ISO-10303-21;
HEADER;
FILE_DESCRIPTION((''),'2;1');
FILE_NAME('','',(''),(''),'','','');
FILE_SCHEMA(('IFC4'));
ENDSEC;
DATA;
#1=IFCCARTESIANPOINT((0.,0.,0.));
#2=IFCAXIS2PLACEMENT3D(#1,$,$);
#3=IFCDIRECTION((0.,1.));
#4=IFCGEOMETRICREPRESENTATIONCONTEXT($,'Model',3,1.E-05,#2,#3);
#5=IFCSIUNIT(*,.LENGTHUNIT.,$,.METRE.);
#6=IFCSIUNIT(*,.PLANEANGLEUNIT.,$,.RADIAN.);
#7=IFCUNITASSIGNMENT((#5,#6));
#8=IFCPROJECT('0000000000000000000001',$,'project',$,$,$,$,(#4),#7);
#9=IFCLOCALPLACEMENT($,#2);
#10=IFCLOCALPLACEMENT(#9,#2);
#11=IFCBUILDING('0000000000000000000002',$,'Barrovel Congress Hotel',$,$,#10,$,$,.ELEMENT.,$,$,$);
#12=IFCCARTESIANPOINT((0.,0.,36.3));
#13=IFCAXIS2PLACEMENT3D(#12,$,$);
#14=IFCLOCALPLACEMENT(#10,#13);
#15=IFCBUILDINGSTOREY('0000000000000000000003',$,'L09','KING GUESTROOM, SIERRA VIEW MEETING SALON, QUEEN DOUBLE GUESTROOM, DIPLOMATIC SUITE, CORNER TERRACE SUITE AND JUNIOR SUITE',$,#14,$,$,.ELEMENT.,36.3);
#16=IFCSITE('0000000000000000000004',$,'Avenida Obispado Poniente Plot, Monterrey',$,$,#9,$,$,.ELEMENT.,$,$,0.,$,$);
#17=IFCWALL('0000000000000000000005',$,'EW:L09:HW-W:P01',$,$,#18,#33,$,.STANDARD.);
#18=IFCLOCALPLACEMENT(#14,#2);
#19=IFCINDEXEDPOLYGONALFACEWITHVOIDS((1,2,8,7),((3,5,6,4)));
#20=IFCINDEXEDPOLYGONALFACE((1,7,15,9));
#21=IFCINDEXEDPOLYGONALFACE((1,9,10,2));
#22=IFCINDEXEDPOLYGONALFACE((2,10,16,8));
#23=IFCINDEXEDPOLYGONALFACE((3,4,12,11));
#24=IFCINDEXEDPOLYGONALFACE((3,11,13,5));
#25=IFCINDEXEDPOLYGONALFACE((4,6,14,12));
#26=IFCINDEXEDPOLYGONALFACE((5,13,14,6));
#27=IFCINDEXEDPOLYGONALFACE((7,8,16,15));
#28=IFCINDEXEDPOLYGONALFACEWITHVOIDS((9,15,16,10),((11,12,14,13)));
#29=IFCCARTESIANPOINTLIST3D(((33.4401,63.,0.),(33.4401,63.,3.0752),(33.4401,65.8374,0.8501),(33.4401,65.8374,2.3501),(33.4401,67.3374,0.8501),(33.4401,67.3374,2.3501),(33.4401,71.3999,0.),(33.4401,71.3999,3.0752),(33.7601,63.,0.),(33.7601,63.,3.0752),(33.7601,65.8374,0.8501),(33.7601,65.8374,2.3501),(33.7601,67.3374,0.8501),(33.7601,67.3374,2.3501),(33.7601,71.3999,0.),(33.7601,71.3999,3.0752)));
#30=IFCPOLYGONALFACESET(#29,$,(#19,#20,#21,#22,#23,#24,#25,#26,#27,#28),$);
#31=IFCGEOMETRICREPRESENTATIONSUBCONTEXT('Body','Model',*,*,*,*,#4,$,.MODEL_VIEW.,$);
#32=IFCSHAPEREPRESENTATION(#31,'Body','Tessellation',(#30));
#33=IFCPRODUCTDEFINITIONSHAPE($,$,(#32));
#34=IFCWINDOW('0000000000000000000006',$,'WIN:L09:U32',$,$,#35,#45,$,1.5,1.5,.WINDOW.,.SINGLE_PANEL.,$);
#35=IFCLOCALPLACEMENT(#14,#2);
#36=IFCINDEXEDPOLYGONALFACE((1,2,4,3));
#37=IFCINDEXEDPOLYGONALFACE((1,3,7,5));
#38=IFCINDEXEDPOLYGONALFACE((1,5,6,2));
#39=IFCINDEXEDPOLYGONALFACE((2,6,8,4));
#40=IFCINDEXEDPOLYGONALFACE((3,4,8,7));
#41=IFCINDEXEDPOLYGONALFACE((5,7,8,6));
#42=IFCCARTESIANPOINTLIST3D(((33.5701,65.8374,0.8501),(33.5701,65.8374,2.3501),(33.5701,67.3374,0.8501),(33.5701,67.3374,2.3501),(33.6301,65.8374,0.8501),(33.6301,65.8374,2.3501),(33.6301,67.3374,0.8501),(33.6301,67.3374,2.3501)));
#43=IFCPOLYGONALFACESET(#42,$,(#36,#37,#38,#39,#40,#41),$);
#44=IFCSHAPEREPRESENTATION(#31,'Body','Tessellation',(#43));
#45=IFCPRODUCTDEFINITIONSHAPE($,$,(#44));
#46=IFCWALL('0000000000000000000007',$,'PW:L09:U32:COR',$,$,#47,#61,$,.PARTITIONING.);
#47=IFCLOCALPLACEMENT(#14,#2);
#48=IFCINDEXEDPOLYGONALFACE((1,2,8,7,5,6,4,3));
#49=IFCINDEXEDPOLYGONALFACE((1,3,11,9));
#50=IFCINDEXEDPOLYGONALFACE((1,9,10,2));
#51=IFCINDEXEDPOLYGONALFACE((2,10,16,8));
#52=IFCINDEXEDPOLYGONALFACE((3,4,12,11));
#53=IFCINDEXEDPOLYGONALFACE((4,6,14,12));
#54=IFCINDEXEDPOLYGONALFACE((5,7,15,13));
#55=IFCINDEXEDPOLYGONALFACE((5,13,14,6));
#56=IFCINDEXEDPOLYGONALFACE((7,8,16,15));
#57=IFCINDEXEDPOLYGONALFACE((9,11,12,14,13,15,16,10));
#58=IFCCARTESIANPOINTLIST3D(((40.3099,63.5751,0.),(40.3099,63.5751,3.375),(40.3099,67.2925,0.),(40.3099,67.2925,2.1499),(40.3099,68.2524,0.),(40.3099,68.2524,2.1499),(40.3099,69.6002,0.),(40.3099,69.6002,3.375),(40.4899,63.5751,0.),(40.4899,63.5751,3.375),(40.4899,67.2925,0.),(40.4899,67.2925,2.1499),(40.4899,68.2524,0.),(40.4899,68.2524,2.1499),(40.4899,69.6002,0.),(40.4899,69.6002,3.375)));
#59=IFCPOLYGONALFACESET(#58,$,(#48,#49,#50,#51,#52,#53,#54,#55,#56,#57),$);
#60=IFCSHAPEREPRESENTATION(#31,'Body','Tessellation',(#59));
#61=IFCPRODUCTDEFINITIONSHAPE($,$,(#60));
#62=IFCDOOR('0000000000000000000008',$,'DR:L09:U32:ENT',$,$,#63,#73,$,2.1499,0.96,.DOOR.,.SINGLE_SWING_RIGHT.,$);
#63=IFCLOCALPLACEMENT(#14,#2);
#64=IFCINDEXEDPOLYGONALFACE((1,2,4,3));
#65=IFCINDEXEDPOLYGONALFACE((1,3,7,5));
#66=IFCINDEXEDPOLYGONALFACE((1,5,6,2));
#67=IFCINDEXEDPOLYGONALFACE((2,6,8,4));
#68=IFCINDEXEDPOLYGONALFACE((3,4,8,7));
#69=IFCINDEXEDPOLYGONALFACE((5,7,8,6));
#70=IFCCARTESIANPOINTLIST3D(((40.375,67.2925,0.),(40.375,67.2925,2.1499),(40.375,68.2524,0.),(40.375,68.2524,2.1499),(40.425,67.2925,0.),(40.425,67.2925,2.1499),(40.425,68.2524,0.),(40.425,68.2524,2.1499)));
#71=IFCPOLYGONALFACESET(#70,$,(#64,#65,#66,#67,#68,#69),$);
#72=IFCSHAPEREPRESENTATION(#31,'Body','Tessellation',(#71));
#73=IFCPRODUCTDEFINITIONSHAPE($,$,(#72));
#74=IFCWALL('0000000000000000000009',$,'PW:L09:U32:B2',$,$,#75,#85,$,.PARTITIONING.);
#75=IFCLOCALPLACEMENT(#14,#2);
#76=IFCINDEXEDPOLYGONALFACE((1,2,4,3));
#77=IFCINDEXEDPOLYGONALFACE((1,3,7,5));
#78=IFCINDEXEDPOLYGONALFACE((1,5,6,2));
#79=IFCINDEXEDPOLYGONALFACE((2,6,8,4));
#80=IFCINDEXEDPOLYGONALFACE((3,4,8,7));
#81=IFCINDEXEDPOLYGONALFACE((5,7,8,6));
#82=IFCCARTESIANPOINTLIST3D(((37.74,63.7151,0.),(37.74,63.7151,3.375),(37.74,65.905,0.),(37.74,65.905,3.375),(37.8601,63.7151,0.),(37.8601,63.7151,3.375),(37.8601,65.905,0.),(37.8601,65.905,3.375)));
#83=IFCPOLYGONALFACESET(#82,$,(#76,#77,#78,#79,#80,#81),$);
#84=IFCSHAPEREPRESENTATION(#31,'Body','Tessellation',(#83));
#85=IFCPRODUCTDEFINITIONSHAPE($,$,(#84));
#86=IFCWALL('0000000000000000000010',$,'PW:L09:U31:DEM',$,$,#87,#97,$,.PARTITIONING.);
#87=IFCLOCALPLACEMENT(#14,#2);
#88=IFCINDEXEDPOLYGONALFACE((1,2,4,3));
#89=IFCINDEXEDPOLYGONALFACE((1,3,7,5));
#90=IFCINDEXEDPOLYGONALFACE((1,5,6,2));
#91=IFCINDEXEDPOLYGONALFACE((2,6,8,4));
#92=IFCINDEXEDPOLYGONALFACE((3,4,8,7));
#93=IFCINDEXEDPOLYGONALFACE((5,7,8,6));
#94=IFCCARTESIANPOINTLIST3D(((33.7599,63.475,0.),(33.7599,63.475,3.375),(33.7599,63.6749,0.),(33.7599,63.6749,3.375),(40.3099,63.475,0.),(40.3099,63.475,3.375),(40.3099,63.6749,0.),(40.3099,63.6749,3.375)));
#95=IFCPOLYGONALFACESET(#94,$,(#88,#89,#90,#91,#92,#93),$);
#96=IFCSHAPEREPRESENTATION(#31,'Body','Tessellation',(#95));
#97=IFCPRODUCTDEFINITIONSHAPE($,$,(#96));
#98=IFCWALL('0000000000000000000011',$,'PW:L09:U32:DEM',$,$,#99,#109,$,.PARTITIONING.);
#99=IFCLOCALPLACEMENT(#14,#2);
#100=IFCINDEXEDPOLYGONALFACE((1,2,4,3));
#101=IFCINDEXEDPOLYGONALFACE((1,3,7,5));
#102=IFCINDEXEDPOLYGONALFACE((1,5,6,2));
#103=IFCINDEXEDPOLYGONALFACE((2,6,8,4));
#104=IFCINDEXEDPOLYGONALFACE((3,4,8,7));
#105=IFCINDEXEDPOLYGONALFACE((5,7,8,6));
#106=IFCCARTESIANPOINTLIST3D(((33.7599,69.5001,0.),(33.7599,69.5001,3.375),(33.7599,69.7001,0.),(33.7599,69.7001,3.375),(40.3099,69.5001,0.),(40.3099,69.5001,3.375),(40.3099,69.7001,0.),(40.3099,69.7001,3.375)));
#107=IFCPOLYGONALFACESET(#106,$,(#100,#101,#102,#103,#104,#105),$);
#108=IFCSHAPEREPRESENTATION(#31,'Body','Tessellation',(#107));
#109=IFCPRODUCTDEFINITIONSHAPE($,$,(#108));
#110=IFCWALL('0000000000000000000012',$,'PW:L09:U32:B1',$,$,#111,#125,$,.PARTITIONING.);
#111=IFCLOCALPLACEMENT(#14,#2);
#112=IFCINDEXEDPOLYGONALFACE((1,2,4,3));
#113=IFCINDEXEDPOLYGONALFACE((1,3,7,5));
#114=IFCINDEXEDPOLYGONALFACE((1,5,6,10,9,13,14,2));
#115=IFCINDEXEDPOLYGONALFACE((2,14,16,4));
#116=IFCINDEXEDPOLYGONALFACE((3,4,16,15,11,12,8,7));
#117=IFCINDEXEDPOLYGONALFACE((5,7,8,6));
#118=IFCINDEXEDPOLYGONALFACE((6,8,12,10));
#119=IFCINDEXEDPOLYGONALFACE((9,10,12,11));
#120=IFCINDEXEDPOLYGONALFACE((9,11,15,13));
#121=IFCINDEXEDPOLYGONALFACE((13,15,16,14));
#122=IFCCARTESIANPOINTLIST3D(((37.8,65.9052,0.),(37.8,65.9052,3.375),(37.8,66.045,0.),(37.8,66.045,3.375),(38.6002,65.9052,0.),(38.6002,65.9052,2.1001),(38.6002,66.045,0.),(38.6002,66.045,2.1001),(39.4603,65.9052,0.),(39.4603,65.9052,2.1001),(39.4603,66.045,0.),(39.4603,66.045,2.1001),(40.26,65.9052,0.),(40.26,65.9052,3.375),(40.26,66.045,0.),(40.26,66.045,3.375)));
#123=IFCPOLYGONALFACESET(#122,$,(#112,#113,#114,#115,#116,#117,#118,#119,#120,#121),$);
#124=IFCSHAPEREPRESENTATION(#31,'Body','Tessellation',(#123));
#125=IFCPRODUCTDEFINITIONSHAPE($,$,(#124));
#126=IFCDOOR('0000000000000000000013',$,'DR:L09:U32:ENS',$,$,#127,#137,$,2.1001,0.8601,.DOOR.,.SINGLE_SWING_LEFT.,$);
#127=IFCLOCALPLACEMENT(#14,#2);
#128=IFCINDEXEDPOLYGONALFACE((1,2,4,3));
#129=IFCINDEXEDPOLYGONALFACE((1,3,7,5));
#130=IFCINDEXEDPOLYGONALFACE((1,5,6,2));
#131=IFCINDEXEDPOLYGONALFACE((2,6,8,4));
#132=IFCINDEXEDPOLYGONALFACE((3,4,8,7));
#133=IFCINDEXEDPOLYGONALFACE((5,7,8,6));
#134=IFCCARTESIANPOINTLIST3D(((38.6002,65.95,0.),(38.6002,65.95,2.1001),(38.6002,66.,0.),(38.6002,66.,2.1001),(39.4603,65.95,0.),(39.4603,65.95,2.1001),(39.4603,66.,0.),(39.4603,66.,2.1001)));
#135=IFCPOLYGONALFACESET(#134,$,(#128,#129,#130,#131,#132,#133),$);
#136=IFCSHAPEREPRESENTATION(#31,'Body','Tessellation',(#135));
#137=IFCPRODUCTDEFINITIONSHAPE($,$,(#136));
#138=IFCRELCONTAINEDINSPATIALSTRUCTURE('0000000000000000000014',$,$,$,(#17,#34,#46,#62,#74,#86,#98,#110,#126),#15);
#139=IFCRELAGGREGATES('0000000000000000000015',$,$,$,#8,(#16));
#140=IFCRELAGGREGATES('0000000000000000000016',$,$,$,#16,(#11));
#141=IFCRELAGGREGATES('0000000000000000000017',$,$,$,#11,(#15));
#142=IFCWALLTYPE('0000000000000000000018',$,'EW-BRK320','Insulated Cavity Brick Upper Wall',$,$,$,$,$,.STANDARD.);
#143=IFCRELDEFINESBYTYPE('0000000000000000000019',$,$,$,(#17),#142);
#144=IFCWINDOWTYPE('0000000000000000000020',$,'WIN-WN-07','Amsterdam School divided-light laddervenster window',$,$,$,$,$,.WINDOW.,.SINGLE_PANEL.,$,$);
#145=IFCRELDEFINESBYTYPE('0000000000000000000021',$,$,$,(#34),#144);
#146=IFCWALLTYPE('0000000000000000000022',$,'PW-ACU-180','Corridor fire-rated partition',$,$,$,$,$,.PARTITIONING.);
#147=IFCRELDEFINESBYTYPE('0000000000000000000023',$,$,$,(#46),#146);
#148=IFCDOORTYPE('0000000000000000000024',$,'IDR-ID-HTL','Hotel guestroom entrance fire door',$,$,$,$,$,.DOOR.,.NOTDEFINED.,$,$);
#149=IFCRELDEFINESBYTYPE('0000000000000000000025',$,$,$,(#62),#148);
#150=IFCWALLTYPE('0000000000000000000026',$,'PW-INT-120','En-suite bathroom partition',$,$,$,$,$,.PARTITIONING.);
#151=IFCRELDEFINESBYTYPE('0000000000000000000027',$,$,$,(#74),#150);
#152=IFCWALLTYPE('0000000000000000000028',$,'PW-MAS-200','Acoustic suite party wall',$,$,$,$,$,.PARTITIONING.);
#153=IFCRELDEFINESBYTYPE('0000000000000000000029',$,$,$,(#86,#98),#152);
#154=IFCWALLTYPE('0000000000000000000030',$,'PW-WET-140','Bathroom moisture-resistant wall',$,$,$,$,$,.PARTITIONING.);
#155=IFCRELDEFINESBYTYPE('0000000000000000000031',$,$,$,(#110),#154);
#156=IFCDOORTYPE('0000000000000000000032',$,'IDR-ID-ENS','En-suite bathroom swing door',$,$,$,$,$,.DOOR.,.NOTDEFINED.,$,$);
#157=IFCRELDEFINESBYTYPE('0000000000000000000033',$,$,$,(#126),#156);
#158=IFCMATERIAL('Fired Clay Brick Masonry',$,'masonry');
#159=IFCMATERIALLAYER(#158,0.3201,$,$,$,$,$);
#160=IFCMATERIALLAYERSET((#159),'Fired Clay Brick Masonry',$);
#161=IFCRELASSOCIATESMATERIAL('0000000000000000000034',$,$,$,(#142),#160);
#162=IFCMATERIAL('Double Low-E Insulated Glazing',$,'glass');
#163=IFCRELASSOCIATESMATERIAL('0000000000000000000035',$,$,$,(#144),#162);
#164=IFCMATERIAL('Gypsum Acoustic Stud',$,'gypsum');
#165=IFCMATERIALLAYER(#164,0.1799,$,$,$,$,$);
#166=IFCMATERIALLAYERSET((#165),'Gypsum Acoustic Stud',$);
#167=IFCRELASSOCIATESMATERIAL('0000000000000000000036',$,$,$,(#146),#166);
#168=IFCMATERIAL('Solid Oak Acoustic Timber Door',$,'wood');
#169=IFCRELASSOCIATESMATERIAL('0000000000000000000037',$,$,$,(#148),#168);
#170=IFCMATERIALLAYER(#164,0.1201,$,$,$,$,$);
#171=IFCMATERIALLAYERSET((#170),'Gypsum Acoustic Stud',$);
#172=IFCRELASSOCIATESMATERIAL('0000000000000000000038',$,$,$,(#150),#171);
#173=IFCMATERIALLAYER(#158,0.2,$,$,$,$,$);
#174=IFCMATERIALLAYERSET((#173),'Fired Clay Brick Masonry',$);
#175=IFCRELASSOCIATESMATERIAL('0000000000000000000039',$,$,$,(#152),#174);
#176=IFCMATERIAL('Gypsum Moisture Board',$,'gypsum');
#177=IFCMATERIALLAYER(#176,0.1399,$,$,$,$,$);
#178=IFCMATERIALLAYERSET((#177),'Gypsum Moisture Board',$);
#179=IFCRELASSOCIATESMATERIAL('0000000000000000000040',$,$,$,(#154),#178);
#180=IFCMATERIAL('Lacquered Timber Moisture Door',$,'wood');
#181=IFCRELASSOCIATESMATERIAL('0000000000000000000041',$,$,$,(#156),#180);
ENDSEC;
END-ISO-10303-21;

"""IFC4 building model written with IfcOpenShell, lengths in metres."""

from ifc_helpers import new_model, si_unit, direction, frame, frame_2d, origin, place, context, subcontext, project, spatial, rectangle, extrude, material, layer, layer_set, type_object, element, fill, save


model = new_model("IFC4")

# Units and contexts
model_context = context("Model", 3, precision=1e-05, world=origin(), true_north=direction((0.0, 1.0)))
body_context = subcontext(model_context, "Body", "Model", "MODEL_VIEW")
ifc_project = project(units=[si_unit("LENGTHUNIT", "METRE"), si_unit("PLANEANGLEUNIT", "RADIAN")], contexts=[model_context])

# Site, building, storey
site_placement = place(None, origin())
site = spatial("IfcSite", under=ifc_project, at=site_placement, Name="Avenida Obispado Poniente Plot, Monterrey", CompositionType="ELEMENT", RefElevation=0.0)
building_placement = place(site_placement, origin())
building = spatial("IfcBuilding", under=site, at=building_placement, Name="Barrovel Congress Hotel", CompositionType="ELEMENT")
storey_placement = place(building_placement, frame((0.0, 0.0, 36.3)))
storey = spatial("IfcBuildingStorey", under=building, at=storey_placement, Name="L09", Description="KING GUESTROOM, SIERRA VIEW MEETING SALON, QUEEN DOUBLE GUESTROOM, DIPLOMATIC SUITE, CORNER TERRACE SUITE AND JUNIOR SUITE", CompositionType="ELEMENT", Elevation=36.3)

# Wall, opening, window
ifc_material_1 = material(Name="Fired Clay Brick Masonry", Category="masonry")
ifc_layer_1 = layer(ifc_material_1, 0.3201)
ifc_layer_set_1 = layer_set([ifc_layer_1], Name="Fired Clay Brick Masonry")
wall_type_1 = type_object("IfcWallType", Name="EW-BRK320", Description="Insulated Cavity Brick Upper Wall", PredefinedType="STANDARD", material=ifc_layer_set_1)
wall_1_placement = place(storey_placement, frame((33.6001, 71.3999, 0.0), z_axis=(0.0, 0.0, 1.0), x_axis=(0.0, -1.0, 0.0)))
wall_1 = element("IfcWall", 1, at=wall_1_placement, inside=storey, type_object=wall_type_1, Name="EW:L09:HW-W:P01", PredefinedType="STANDARD", context=body_context, shape_type="SweptSolid", body=[
    extrude(rectangle(XDim=8.3999, YDim=0.3201, at=frame_2d((4.2, 0.0))), origin(), (0.0, 0.0, 1.0), 3.0752),
])
opening_1_placement = place(wall_1_placement, frame((4.0625, 0.0, 0.8501)))
opening_1 = element("IfcOpeningElement", 2, at=opening_1_placement, cuts=wall_1, PredefinedType="OPENING", context=body_context, shape_type="SweptSolid", body=[
    extrude(rectangle(XDim=1.5, YDim=1.5, at=frame_2d((0.75, 0.75))), frame((0.0, 0.1699, 0.0), z_axis=(0.0, -1.0, 0.0), x_axis=(1.0, 0.0, 0.0)), (0.0, 0.0, 1.0), 0.3401),
])
ifc_material_2 = material(Name="Double Low-E Insulated Glazing", Category="glass")
window_type = type_object("IfcWindowType", Name="WIN-WN-07", Description="Amsterdam School divided-light laddervenster window", PartitioningType="SINGLE_PANEL", PredefinedType="WINDOW", material=ifc_material_2)
window_placement = place(opening_1_placement, origin())
window = element("IfcWindow", 3, at=window_placement, inside=storey, type_object=window_type, Name="WIN:L09:U32", OverallHeight=1.5, OverallWidth=1.5, PartitioningType="SINGLE_PANEL", PredefinedType="WINDOW", context=body_context, shape_type="SweptSolid", body=[
    extrude(rectangle(XDim=1.5, YDim=1.5, at=frame_2d((0.75, 0.75))), frame((0.0, 0.03, 0.0), z_axis=(0.0, -1.0, 0.0), x_axis=(1.0, 0.0, 0.0)), (0.0, 0.0, 1.0), 0.0601),
])
fill(opening_1, window)

# Wall, opening, door
ifc_material_3 = material(Name="Gypsum Acoustic Stud", Category="gypsum")
ifc_layer_2 = layer(ifc_material_3, 0.1799)
ifc_layer_set_2 = layer_set([ifc_layer_2], Name="Gypsum Acoustic Stud")
wall_type_2 = type_object("IfcWallType", Name="PW-ACU-180", Description="Corridor fire-rated partition", PredefinedType="PARTITIONING", material=ifc_layer_set_2)
wall_2_placement = place(storey_placement, frame((40.3999, 63.575, 0.0), z_axis=(0.0, 0.0, 1.0), x_axis=(0.0, 1.0, 0.0)))
wall_2 = element("IfcWall", 4, at=wall_2_placement, inside=storey, type_object=wall_type_2, Name="PW:L09:U32:COR", PredefinedType="PARTITIONING", context=body_context, shape_type="SweptSolid", body=[
    extrude(rectangle(XDim=6.0251, YDim=0.1799, at=frame_2d((3.0127, 0.0))), origin(), (0.0, 0.0, 1.0), 3.375),
])
opening_2_placement = place(wall_2_placement, frame((3.7175, 0.0, 0.0)))
opening_2 = element("IfcOpeningElement", 5, at=opening_2_placement, cuts=wall_2, PredefinedType="OPENING", context=body_context, shape_type="SweptSolid", body=[
    extrude(rectangle(XDim=0.96, YDim=2.1499, at=frame_2d((0.48, 1.075))), frame((0.0, 0.1001, 0.0), z_axis=(0.0, -1.0, 0.0), x_axis=(1.0, 0.0, 0.0)), (0.0, 0.0, 1.0), 0.2),
])
ifc_material_4 = material(Name="Solid Oak Acoustic Timber Door", Category="wood")
door_type_1 = type_object("IfcDoorType", Name="IDR-ID-HTL", Description="Hotel guestroom entrance fire door", OperationType="NOTDEFINED", PredefinedType="DOOR", material=ifc_material_4)
door_1_placement = place(opening_2_placement, origin())
door_1 = element("IfcDoor", 6, at=door_1_placement, inside=storey, type_object=door_type_1, Name="DR:L09:U32:ENT", OperationType="SINGLE_SWING_RIGHT", OverallHeight=2.1499, OverallWidth=0.96, PredefinedType="DOOR", context=body_context, shape_type="SweptSolid", body=[
    extrude(rectangle(XDim=0.96, YDim=2.1499, at=frame_2d((0.48, 1.075))), frame((0.0, 0.0249, 0.0), z_axis=(0.0, -1.0, 0.0), x_axis=(1.0, 0.0, 0.0)), (0.0, 0.0, 1.0), 0.05),
])
fill(opening_2, door_1)

# Walls
ifc_layer_3 = layer(ifc_material_3, 0.1201)
ifc_layer_set_3 = layer_set([ifc_layer_3], Name="Gypsum Acoustic Stud")
wall_type_3 = type_object("IfcWallType", Name="PW-INT-120", Description="En-suite bathroom partition", PredefinedType="PARTITIONING", material=ifc_layer_set_3)
wall_3_placement = place(storey_placement, frame((37.8, 63.7151, 0.0), z_axis=(0.0, 0.0, 1.0), x_axis=(0.0, 1.0, 0.0)))
element("IfcWall", 7, at=wall_3_placement, inside=storey, type_object=wall_type_3, Name="PW:L09:U32:B2", PredefinedType="PARTITIONING", context=body_context, shape_type="SweptSolid", body=[
    extrude(rectangle(XDim=2.1899, YDim=0.1201, at=frame_2d((1.095, 0.0))), origin(), (0.0, 0.0, 1.0), 3.375),
])
ifc_layer_4 = layer(ifc_material_1, 0.2)
ifc_layer_set_4 = layer_set([ifc_layer_4], Name="Fired Clay Brick Masonry")
wall_type_4 = type_object("IfcWallType", Name="PW-MAS-200", Description="Acoustic suite party wall", PredefinedType="PARTITIONING", material=ifc_layer_set_4)
for number, where, z_axis, x_axis, name in (
    (8, (33.76, 63.575, 0.0), (0.0, 0.0, 1.0), (1.0, 0.0, 0.0), "PW:L09:U31:DEM"),
    (9, (33.76, 69.6001, 0.0), (0.0, 0.0, 1.0), (1.0, 0.0, 0.0), "PW:L09:U32:DEM"),
):
    element("IfcWall", number, at=place(storey_placement, frame(where, z_axis=z_axis, x_axis=x_axis)), inside=storey, type_object=wall_type_4, Name=name, PredefinedType="PARTITIONING", context=body_context, shape_type="SweptSolid", body=[
        extrude(rectangle(XDim=6.55, YDim=0.2, at=frame_2d((3.2749, 0.0))), origin(), (0.0, 0.0, 1.0), 3.375),
    ])

# Wall, opening, door
ifc_material_5 = material(Name="Gypsum Moisture Board", Category="gypsum")
ifc_layer_5 = layer(ifc_material_5, 0.1399)
ifc_layer_set_5 = layer_set([ifc_layer_5], Name="Gypsum Moisture Board")
wall_type_5 = type_object("IfcWallType", Name="PW-WET-140", Description="Bathroom moisture-resistant wall", PredefinedType="PARTITIONING", material=ifc_layer_set_5)
wall_4_placement = place(storey_placement, frame((37.8, 65.9751, 0.0), z_axis=(0.0, 0.0, 1.0), x_axis=(1.0, 0.0, 0.0)))
wall_4 = element("IfcWall", 10, at=wall_4_placement, inside=storey, type_object=wall_type_5, Name="PW:L09:U32:B1", PredefinedType="PARTITIONING", context=body_context, shape_type="SweptSolid", body=[
    extrude(rectangle(XDim=2.46, YDim=0.1399, at=frame_2d((1.23, 0.0))), origin(), (0.0, 0.0, 1.0), 3.375),
])
opening_3_placement = place(wall_4_placement, frame((0.8, 0.0, 0.0)))
opening_3 = element("IfcOpeningElement", 11, at=opening_3_placement, cuts=wall_4, PredefinedType="OPENING", context=body_context, shape_type="SweptSolid", body=[
    extrude(rectangle(XDim=0.8601, YDim=2.1001, at=frame_2d((0.4302, 1.05))), frame((0.0, 0.0801, 0.0), z_axis=(0.0, -1.0, 0.0), x_axis=(1.0, 0.0, 0.0)), (0.0, 0.0, 1.0), 0.1599),
])
ifc_material_6 = material(Name="Lacquered Timber Moisture Door", Category="wood")
door_type_2 = type_object("IfcDoorType", Name="IDR-ID-ENS", Description="En-suite bathroom swing door", OperationType="NOTDEFINED", PredefinedType="DOOR", material=ifc_material_6)
door_2_placement = place(opening_3_placement, origin())
door_2 = element("IfcDoor", 12, at=door_2_placement, inside=storey, type_object=door_type_2, Name="DR:L09:U32:ENS", OperationType="SINGLE_SWING_LEFT", OverallHeight=2.1001, OverallWidth=0.8601, PredefinedType="DOOR", context=body_context, shape_type="SweptSolid", body=[
    extrude(rectangle(XDim=0.8601, YDim=2.1001, at=frame_2d((0.4302, 1.05))), frame((0.0, 0.0249, 0.0), z_axis=(0.0, -1.0, 0.0), x_axis=(1.0, 0.0, 0.0)), (0.0, 0.0, 1.0), 0.05),
])
fill(opening_3, door_2)

save(model, "model.ifc")
